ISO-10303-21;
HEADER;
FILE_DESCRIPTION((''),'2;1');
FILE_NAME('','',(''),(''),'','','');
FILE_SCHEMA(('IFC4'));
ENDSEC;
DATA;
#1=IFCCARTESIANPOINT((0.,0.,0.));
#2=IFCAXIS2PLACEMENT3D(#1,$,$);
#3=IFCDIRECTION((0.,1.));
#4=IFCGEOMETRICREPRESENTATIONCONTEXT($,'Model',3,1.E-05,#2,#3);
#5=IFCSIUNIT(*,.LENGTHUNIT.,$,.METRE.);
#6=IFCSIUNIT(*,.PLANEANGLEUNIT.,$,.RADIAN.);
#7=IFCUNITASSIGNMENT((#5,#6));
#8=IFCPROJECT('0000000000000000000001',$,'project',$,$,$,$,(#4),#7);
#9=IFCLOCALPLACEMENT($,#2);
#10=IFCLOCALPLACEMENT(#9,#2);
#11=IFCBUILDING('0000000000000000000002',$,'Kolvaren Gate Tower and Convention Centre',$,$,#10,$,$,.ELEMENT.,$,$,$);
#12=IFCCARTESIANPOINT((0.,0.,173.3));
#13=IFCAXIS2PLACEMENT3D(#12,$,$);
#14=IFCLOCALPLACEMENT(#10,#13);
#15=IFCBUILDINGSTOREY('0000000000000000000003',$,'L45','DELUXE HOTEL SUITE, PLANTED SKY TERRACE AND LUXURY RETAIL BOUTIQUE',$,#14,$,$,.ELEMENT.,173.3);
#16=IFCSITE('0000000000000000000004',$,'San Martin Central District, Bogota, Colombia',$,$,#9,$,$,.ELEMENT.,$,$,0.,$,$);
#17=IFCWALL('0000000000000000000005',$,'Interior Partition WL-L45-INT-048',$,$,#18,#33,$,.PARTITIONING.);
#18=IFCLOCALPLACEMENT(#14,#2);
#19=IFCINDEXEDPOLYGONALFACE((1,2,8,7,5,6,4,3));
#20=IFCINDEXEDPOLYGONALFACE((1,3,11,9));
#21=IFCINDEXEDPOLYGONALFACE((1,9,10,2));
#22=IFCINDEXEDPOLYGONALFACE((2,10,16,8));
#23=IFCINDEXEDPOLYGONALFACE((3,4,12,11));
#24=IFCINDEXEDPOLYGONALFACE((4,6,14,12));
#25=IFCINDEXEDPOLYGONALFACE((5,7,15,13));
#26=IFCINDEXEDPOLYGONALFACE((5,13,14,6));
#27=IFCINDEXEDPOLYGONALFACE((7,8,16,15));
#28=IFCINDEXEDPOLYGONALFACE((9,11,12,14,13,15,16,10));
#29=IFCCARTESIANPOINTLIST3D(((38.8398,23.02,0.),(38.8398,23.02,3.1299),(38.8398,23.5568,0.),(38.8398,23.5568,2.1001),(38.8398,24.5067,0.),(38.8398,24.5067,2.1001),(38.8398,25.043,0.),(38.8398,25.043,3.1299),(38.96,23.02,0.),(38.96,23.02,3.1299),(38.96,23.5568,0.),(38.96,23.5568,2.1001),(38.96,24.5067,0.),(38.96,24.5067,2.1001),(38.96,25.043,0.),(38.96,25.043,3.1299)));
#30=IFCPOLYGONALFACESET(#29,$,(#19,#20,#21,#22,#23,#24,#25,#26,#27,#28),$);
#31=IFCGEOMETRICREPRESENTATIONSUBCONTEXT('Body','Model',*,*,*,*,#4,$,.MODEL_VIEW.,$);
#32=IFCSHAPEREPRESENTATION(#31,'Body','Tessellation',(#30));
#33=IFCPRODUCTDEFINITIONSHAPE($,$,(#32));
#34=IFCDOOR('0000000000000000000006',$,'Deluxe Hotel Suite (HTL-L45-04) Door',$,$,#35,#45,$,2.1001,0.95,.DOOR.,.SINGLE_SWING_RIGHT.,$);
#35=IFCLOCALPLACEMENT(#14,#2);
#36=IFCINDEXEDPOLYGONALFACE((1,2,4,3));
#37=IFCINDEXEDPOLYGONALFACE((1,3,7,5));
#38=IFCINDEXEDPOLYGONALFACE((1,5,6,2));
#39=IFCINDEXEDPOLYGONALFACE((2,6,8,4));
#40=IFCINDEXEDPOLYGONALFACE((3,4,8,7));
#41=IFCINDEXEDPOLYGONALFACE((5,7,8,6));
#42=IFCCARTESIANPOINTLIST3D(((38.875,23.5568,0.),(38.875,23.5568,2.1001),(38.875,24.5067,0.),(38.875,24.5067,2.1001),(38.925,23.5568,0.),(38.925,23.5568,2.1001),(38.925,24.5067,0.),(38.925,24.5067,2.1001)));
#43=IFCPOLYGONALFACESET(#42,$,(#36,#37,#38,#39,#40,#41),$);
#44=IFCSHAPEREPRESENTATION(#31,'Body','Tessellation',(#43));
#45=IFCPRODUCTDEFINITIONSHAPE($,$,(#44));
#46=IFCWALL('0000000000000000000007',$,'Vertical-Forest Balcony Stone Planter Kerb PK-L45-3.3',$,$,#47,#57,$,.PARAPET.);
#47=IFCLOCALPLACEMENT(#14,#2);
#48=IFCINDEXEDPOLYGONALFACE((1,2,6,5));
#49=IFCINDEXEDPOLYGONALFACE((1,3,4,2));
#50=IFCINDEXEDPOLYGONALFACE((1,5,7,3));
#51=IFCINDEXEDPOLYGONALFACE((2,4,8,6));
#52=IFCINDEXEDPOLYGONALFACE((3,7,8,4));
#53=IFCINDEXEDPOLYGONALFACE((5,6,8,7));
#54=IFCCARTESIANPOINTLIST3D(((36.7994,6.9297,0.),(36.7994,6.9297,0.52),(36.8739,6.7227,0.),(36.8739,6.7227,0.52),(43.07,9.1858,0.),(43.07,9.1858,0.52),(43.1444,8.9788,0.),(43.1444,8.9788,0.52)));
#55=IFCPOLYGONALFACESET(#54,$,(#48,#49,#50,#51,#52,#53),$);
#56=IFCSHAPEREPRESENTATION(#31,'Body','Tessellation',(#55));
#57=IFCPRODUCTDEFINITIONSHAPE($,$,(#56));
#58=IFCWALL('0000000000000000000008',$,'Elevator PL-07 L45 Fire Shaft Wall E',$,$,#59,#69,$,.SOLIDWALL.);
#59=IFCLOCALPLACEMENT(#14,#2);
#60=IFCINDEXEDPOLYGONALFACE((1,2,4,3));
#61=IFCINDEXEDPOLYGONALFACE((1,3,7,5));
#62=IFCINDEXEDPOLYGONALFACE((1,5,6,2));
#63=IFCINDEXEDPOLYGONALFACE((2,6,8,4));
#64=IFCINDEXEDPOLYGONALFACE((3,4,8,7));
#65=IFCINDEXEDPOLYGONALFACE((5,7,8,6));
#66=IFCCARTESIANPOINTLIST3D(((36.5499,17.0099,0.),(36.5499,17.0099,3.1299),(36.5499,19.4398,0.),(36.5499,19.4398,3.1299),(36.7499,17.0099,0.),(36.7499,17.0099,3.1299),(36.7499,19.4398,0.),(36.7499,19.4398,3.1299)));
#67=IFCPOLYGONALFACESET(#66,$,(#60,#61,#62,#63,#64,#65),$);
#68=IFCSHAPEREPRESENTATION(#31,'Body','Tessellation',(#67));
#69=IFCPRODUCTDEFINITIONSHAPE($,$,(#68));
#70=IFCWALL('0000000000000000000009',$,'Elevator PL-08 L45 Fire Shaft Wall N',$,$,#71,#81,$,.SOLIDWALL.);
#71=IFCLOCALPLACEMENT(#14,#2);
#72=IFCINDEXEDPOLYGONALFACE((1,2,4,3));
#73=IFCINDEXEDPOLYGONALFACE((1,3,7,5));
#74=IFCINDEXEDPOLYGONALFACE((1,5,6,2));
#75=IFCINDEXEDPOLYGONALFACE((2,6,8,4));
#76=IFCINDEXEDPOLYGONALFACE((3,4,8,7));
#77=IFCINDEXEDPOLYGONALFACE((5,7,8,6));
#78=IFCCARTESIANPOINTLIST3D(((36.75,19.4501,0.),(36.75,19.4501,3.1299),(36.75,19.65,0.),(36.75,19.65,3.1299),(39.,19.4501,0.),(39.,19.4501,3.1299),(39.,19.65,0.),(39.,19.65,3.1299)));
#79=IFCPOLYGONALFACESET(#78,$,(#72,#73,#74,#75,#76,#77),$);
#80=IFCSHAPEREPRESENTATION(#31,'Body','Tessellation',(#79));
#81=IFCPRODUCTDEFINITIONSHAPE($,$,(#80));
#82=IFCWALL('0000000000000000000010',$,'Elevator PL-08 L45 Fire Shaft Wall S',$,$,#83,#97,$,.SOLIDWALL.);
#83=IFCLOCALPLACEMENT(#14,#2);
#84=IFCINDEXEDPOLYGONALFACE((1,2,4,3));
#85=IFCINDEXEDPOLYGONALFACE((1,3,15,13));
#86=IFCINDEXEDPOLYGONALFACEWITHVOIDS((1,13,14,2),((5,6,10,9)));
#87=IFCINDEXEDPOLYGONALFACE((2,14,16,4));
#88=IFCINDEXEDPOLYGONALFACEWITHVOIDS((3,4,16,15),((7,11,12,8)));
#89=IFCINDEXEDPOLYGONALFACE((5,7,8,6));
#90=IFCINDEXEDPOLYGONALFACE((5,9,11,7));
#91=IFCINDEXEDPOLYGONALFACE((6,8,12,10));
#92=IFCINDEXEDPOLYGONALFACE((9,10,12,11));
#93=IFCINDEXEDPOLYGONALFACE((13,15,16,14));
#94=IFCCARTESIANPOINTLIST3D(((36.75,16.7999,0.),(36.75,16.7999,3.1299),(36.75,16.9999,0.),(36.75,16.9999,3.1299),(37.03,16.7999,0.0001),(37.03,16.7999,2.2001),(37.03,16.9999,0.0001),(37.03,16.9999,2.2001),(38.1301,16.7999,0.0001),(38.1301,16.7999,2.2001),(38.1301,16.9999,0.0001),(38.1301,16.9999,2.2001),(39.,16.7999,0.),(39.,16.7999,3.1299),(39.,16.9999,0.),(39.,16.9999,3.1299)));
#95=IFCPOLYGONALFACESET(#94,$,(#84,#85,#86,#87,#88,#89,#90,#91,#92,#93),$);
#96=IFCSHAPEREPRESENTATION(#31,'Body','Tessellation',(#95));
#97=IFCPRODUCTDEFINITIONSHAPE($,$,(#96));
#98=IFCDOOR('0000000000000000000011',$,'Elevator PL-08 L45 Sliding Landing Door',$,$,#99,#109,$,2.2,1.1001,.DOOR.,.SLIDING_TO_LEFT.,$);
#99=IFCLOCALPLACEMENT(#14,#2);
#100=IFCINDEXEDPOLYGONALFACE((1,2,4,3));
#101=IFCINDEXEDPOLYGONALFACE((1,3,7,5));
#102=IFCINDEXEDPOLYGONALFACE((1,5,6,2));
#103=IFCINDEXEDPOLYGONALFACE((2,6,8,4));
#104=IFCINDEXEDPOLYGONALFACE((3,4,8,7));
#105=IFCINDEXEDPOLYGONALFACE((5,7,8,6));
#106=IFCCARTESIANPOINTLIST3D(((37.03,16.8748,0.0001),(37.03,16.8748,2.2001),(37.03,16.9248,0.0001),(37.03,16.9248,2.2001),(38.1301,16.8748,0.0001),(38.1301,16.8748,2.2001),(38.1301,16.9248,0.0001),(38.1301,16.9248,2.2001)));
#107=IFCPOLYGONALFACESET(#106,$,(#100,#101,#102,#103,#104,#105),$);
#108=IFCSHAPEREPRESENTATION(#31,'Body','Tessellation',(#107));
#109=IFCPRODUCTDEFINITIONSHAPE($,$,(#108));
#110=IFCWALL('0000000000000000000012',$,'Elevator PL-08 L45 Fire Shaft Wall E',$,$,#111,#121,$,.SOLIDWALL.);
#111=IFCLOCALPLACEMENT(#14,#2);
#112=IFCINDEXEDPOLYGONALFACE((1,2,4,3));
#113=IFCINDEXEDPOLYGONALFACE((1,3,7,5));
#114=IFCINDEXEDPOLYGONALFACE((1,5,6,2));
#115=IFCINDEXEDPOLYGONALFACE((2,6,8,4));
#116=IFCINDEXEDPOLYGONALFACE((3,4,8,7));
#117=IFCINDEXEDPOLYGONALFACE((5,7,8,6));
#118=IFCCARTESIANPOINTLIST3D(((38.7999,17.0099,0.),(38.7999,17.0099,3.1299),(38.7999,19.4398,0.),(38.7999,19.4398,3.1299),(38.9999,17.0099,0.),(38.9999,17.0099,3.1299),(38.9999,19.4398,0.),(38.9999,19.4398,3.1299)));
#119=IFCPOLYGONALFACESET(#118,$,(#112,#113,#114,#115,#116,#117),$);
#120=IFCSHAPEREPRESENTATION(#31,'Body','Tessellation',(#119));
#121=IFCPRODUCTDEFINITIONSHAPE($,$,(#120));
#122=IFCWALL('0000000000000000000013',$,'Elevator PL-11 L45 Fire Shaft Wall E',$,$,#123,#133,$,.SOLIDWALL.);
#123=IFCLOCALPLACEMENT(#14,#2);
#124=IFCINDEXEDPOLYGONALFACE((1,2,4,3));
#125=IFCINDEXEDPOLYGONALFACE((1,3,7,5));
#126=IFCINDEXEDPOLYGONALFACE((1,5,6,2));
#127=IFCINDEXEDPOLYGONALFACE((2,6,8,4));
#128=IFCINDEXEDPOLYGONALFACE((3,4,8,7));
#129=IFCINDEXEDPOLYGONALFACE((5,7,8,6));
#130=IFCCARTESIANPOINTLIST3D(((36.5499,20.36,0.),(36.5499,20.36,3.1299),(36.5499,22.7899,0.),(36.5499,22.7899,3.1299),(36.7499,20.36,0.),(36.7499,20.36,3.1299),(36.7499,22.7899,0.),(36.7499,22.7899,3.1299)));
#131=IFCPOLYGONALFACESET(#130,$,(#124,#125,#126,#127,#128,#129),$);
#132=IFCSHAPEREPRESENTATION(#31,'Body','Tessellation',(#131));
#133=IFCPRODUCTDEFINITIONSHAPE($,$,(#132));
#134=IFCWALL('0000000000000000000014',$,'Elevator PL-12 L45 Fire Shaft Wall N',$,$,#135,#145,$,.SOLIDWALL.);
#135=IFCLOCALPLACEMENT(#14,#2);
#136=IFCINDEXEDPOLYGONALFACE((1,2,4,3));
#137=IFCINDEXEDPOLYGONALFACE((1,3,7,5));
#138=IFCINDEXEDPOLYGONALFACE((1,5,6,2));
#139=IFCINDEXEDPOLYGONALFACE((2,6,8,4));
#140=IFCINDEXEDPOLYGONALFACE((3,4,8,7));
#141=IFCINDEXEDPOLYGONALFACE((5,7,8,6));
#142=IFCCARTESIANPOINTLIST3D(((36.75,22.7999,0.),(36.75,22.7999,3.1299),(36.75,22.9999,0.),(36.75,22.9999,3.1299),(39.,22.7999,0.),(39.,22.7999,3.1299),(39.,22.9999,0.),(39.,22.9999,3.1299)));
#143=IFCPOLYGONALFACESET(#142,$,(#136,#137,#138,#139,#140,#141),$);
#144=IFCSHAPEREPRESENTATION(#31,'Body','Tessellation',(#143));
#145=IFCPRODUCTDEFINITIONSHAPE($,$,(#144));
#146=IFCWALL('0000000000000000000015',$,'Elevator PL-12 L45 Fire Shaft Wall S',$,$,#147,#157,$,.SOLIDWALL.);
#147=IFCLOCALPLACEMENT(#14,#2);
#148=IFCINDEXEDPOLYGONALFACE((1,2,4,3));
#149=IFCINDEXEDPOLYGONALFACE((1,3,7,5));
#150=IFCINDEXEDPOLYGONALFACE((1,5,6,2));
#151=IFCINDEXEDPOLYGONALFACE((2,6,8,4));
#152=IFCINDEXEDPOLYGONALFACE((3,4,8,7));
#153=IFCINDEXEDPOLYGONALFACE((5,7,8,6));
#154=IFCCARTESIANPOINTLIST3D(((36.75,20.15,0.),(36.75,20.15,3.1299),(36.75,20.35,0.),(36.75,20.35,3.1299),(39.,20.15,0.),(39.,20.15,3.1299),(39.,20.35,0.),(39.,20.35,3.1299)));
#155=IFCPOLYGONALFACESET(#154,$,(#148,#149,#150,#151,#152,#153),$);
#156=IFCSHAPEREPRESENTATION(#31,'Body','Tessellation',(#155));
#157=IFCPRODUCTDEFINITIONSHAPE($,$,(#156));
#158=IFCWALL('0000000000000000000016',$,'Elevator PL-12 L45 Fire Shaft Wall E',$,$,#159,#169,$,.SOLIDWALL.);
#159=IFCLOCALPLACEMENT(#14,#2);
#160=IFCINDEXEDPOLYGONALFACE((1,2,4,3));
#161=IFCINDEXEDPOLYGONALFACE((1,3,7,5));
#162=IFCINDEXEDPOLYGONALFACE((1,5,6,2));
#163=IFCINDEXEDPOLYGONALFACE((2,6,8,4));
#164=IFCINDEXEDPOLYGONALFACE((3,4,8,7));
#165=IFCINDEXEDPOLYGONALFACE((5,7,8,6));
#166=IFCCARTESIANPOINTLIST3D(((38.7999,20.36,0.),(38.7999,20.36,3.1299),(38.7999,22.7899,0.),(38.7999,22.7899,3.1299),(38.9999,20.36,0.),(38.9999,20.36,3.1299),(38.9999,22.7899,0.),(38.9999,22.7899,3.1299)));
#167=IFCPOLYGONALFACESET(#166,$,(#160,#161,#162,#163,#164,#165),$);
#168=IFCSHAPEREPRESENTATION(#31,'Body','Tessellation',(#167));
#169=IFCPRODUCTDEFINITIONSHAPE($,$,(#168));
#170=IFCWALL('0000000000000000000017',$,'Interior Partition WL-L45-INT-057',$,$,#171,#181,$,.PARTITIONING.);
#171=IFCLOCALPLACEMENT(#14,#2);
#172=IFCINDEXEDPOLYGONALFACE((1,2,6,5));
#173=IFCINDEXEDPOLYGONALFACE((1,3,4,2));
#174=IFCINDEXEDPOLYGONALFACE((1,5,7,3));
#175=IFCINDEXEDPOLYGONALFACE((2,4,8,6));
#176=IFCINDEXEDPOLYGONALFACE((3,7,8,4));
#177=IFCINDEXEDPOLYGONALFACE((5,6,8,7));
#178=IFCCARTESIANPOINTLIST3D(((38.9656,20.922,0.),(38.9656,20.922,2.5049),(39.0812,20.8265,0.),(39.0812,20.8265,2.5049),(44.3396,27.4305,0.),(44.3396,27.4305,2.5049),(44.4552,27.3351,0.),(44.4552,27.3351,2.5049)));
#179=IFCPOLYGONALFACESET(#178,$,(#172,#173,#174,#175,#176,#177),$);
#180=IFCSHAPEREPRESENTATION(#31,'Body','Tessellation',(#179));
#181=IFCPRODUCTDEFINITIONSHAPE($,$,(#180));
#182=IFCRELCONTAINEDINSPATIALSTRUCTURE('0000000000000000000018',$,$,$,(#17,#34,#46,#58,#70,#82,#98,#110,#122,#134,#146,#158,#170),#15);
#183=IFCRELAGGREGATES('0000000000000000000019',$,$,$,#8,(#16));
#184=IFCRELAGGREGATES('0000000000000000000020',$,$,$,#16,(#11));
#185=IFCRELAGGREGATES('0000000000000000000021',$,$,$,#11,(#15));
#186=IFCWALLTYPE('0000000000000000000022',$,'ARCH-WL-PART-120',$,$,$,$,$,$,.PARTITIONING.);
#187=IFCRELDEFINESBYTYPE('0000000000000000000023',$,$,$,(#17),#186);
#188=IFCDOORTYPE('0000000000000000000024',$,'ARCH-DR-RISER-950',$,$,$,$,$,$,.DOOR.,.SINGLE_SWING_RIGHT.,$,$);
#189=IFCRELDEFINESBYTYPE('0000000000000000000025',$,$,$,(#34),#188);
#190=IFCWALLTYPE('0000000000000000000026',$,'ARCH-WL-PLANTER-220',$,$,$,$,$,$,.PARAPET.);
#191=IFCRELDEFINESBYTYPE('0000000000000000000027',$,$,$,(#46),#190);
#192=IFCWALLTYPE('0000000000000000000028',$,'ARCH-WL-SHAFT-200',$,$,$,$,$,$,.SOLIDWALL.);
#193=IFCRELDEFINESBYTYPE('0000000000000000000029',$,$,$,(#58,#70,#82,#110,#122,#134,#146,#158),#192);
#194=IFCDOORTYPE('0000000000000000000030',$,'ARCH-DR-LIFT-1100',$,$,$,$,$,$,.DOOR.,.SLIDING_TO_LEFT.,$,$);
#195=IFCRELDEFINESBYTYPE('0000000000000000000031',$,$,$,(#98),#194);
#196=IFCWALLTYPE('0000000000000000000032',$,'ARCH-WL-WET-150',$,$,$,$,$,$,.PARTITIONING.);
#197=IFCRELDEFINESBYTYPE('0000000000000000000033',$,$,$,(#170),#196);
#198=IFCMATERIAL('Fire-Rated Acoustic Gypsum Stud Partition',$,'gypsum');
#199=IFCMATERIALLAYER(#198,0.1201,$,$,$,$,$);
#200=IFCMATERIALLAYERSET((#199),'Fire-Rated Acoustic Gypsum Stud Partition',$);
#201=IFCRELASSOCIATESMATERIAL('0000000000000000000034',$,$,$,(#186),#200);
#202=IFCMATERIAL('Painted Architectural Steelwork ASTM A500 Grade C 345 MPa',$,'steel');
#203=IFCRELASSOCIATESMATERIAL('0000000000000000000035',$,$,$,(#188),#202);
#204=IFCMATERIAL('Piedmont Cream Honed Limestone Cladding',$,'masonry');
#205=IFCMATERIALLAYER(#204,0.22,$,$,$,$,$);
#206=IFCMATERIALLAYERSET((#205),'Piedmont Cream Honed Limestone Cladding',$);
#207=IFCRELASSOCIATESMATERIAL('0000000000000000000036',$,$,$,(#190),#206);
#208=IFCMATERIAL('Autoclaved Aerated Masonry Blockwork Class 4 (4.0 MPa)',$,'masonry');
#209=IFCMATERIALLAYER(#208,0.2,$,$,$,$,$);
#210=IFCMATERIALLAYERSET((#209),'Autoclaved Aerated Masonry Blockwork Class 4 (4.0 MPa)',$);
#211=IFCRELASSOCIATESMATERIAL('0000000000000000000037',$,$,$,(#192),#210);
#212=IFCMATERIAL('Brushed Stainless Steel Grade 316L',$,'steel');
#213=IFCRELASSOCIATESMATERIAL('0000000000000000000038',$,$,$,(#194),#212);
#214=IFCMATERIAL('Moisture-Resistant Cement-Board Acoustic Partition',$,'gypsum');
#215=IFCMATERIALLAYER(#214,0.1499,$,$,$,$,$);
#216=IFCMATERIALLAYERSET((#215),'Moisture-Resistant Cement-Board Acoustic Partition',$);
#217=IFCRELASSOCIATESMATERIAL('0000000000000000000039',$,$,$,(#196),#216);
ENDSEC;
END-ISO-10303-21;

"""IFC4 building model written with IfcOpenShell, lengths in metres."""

from ifc_helpers import new_model, si_unit, direction, frame, frame_2d, origin, place, context, subcontext, project, spatial, rectangle, extrude, material, layer, layer_set, type_object, element, fill, save


model = new_model("IFC4")

# Units and contexts
model_context = context("Model", 3, precision=1e-05, world=origin(), true_north=direction((0.0, 1.0)))
body_context = subcontext(model_context, "Body", "Model", "MODEL_VIEW")
ifc_project = project(units=[si_unit("LENGTHUNIT", "METRE"), si_unit("PLANEANGLEUNIT", "RADIAN")], contexts=[model_context])

# Site, building, storey
site_placement = place(None, origin())
site = spatial("IfcSite", under=ifc_project, at=site_placement, Name="San Martin Central District, Bogota, Colombia", CompositionType="ELEMENT", RefElevation=0.0)
building_placement = place(site_placement, origin())
building = spatial("IfcBuilding", under=site, at=building_placement, Name="Kolvaren Gate Tower and Convention Centre", CompositionType="ELEMENT")
storey_placement = place(building_placement, frame((0.0, 0.0, 173.3)))
storey = spatial("IfcBuildingStorey", under=building, at=storey_placement, Name="L45", Description="DELUXE HOTEL SUITE, PLANTED SKY TERRACE AND LUXURY RETAIL BOUTIQUE", CompositionType="ELEMENT", Elevation=173.3)

# Shared definitions
ifc_material_1 = material(Name="Fire-Rated Acoustic Gypsum Stud Partition", Category="gypsum")
ifc_layer_1 = layer(ifc_material_1, 0.1201)
ifc_layer_set_1 = layer_set([ifc_layer_1], Name="Fire-Rated Acoustic Gypsum Stud Partition")
wall_type_1 = type_object("IfcWallType", Name="ARCH-WL-PART-120", PredefinedType="PARTITIONING", material=ifc_layer_set_1)

# Wall, opening, door
ifc_material_2 = material(Name="Painted Architectural Steelwork ASTM A500 Grade C 345 MPa", Category="steel")
door_type_1 = type_object("IfcDoorType", Name="ARCH-DR-RISER-950", OperationType="SINGLE_SWING_RIGHT", PredefinedType="DOOR", material=ifc_material_2)
wall_1_placement = place(storey_placement, frame((38.8999, 23.02, 0.0), z_axis=(0.0, 0.0, 1.0), x_axis=(0.0, 1.0, 0.0)))
wall_1 = element("IfcWall", 1, at=wall_1_placement, inside=storey, type_object=wall_type_1, Name="Interior Partition WL-L45-INT-048", PredefinedType="PARTITIONING", context=body_context, shape_type="SweptSolid", body=[
    extrude(rectangle(XDim=2.0229, YDim=0.1201, at=frame_2d((1.0115, 0.0))), origin(), (0.0, 0.0, 1.0), 3.1299),
])
opening_1_placement = place(wall_1_placement, frame((0.5366, 0.0, 0.0)))
opening_1 = element("IfcOpeningElement", 2, at=opening_1_placement, cuts=wall_1, PredefinedType="OPENING", context=body_context, shape_type="SweptSolid", body=[
    extrude(rectangle(XDim=0.95, YDim=2.1001, at=frame_2d((0.4751, 1.05))), frame((0.0, 0.0701, 0.0), z_axis=(0.0, -1.0, 0.0), x_axis=(1.0, 0.0, 0.0)), (0.0, 0.0, 1.0), 0.1401),
])
door_1_placement = place(opening_1_placement, origin())
door_1 = element("IfcDoor", 3, at=door_1_placement, inside=storey, type_object=door_type_1, Name="Deluxe Hotel Suite (HTL-L45-04) Door", OperationType="SINGLE_SWING_RIGHT", OverallHeight=2.1001, OverallWidth=0.95, PredefinedType="DOOR", context=body_context, shape_type="SweptSolid", body=[
    extrude(rectangle(XDim=0.95, YDim=2.1001, at=frame_2d((0.4751, 1.05))), frame((0.0, 0.0249, 0.0), z_axis=(0.0, -1.0, 0.0), x_axis=(1.0, 0.0, 0.0)), (0.0, 0.0, 1.0), 0.05),
])
fill(opening_1, door_1)

# Walls
ifc_material_3 = material(Name="Piedmont Cream Honed Limestone Cladding", Category="masonry")
ifc_layer_2 = layer(ifc_material_3, 0.22)
ifc_layer_set_2 = layer_set([ifc_layer_2], Name="Piedmont Cream Honed Limestone Cladding")
wall_type_2 = type_object("IfcWallType", Name="ARCH-WL-PLANTER-220", PredefinedType="PARAPET", material=ifc_layer_set_2)
wall_2_placement = place(storey_placement, frame((36.8367, 6.8262, 0.0), z_axis=(0.0, 0.0, 1.0), x_axis=(0.940949, 0.33855, 0.0)))
element("IfcWall", 4, at=wall_2_placement, inside=storey, type_object=wall_type_2, Name="Vertical-Forest Balcony Stone Planter Kerb PK-L45-3.3", PredefinedType="PARAPET", context=body_context, shape_type="SweptSolid", body=[
    extrude(rectangle(XDim=6.6641, YDim=0.22, at=frame_2d((3.332, 0.0))), origin(), (0.0, 0.0, 1.0), 0.52),
])
ifc_material_4 = material(Name="Autoclaved Aerated Masonry Blockwork Class 4 (4.0 MPa)", Category="masonry")
ifc_layer_3 = layer(ifc_material_4, 0.2)
ifc_layer_set_3 = layer_set([ifc_layer_3], Name="Autoclaved Aerated Masonry Blockwork Class 4 (4.0 MPa)")
wall_type_3 = type_object("IfcWallType", Name="ARCH-WL-SHAFT-200", PredefinedType="SOLIDWALL", material=ifc_layer_set_3)
wall_3_placement = place(storey_placement, frame((36.6499, 17.01, 0.0), z_axis=(0.0, 0.0, 1.0), x_axis=(0.0, 1.0, 0.0)))
element("IfcWall", 5, at=wall_3_placement, inside=storey, type_object=wall_type_3, Name="Elevator PL-07 L45 Fire Shaft Wall E", PredefinedType="SOLIDWALL", context=body_context, shape_type="SweptSolid", body=[
    extrude(rectangle(XDim=2.4299, YDim=0.2, at=frame_2d((1.2148, 0.0))), origin(), (0.0, 0.0, 1.0), 3.1299),
])
wall_4_placement = place(storey_placement, frame((36.75, 19.55, 0.0), z_axis=(0.0, 0.0, 1.0), x_axis=(1.0, 0.0, 0.0)))
element("IfcWall", 6, at=wall_4_placement, inside=storey, type_object=wall_type_3, Name="Elevator PL-08 L45 Fire Shaft Wall N", PredefinedType="SOLIDWALL", context=body_context, shape_type="SweptSolid", body=[
    extrude(rectangle(XDim=2.25, YDim=0.2, at=frame_2d((1.125, 0.0))), origin(), (0.0, 0.0, 1.0), 3.1299),
])

# Wall, opening, door
wall_5_placement = place(storey_placement, frame((36.75, 16.8999, 0.0), z_axis=(0.0, 0.0, 1.0), x_axis=(1.0, 0.0, 0.0)))
wall_5 = element("IfcWall", 7, at=wall_5_placement, inside=storey, type_object=wall_type_3, Name="Elevator PL-08 L45 Fire Shaft Wall S", PredefinedType="SOLIDWALL", context=body_context, shape_type="SweptSolid", body=[
    extrude(rectangle(XDim=2.25, YDim=0.2, at=frame_2d((1.125, 0.0))), origin(), (0.0, 0.0, 1.0), 3.1299),
])
opening_2_placement = place(wall_5_placement, frame((0.28, 0.0, 0.0)))
opening_2 = element("IfcOpeningElement", 8, at=opening_2_placement, cuts=wall_5, PredefinedType="OPENING", context=body_context, shape_type="SweptSolid", body=[
    extrude(rectangle(XDim=1.1001, YDim=2.2, at=frame_2d((0.55, 1.1001))), frame((0.0, 0.1099, 0.0), z_axis=(0.0, -1.0, 0.0), x_axis=(1.0, 0.0, 0.0)), (0.0, 0.0, 1.0), 0.22),
])
ifc_material_5 = material(Name="Brushed Stainless Steel Grade 316L", Category="steel")
door_type_2 = type_object("IfcDoorType", Name="ARCH-DR-LIFT-1100", OperationType="SLIDING_TO_LEFT", PredefinedType="DOOR", material=ifc_material_5)
door_2_placement = place(opening_2_placement, origin())
door_2 = element("IfcDoor", 9, at=door_2_placement, inside=storey, type_object=door_type_2, Name="Elevator PL-08 L45 Sliding Landing Door", OperationType="SLIDING_TO_LEFT", OverallHeight=2.2, OverallWidth=1.1001, PredefinedType="DOOR", context=body_context, shape_type="SweptSolid", body=[
    extrude(rectangle(XDim=1.1001, YDim=2.2, at=frame_2d((0.55, 1.1001))), frame((0.0, 0.0249, 0.0), z_axis=(0.0, -1.0, 0.0), x_axis=(1.0, 0.0, 0.0)), (0.0, 0.0, 1.0), 0.05),
])
fill(opening_2, door_2)

# Walls
for number, where, z_axis, x_axis, name in (
    (10, (38.8999, 17.01, 0.0), (0.0, 0.0, 1.0), (0.0, 1.0, 0.0), "Elevator PL-08 L45 Fire Shaft Wall E"),
    (11, (36.6499, 20.3601, 0.0), (0.0, 0.0, 1.0), (0.0, 1.0, 0.0), "Elevator PL-11 L45 Fire Shaft Wall E"),
):
    element("IfcWall", number, at=place(storey_placement, frame(where, z_axis=z_axis, x_axis=x_axis)), inside=storey, type_object=wall_type_3, Name=name, PredefinedType="SOLIDWALL", context=body_context, shape_type="SweptSolid", body=[
        extrude(rectangle(XDim=2.4299, YDim=0.2, at=frame_2d((1.2148, 0.0))), origin(), (0.0, 0.0, 1.0), 3.1299),
    ])
for number, where, z_axis, x_axis, name in (
    (12, (36.75, 22.8999, 0.0), (0.0, 0.0, 1.0), (1.0, 0.0, 0.0), "Elevator PL-12 L45 Fire Shaft Wall N"),
    (13, (36.75, 20.25, 0.0), (0.0, 0.0, 1.0), (1.0, 0.0, 0.0), "Elevator PL-12 L45 Fire Shaft Wall S"),
):
    element("IfcWall", number, at=place(storey_placement, frame(where, z_axis=z_axis, x_axis=x_axis)), inside=storey, type_object=wall_type_3, Name=name, PredefinedType="SOLIDWALL", context=body_context, shape_type="SweptSolid", body=[
        extrude(rectangle(XDim=2.25, YDim=0.2, at=frame_2d((1.125, 0.0))), origin(), (0.0, 0.0, 1.0), 3.1299),
    ])
wall_6_placement = place(storey_placement, frame((38.8999, 20.3601, 0.0), z_axis=(0.0, 0.0, 1.0), x_axis=(0.0, 1.0, 0.0)))
element("IfcWall", 14, at=wall_6_placement, inside=storey, type_object=wall_type_3, Name="Elevator PL-12 L45 Fire Shaft Wall E", PredefinedType="SOLIDWALL", context=body_context, shape_type="SweptSolid", body=[
    extrude(rectangle(XDim=2.4299, YDim=0.2, at=frame_2d((1.2148, 0.0))), origin(), (0.0, 0.0, 1.0), 3.1299),
])
ifc_material_6 = material(Name="Moisture-Resistant Cement-Board Acoustic Partition", Category="gypsum")
ifc_layer_4 = layer(ifc_material_6, 0.1499)
ifc_layer_set_4 = layer_set([ifc_layer_4], Name="Moisture-Resistant Cement-Board Acoustic Partition")
wall_type_4 = type_object("IfcWallType", Name="ARCH-WL-WET-150", PredefinedType="PARTITIONING", material=ifc_layer_set_4)
wall_7_placement = place(storey_placement, frame((39.0234, 20.8743, 0.0), z_axis=(0.0, 0.0, 1.0), x_axis=(0.636698, 0.771113, 0.0)))
element("IfcWall", 15, at=wall_7_placement, inside=storey, type_object=wall_type_4, Name="Interior Partition WL-L45-INT-057", PredefinedType="PARTITIONING", context=body_context, shape_type="SweptSolid", body=[
    extrude(rectangle(XDim=8.4404, YDim=0.1499, at=frame_2d((4.2202, 0.0))), origin(), (0.0, 0.0, 1.0), 2.5049),
])

save(model, "model.ifc")
